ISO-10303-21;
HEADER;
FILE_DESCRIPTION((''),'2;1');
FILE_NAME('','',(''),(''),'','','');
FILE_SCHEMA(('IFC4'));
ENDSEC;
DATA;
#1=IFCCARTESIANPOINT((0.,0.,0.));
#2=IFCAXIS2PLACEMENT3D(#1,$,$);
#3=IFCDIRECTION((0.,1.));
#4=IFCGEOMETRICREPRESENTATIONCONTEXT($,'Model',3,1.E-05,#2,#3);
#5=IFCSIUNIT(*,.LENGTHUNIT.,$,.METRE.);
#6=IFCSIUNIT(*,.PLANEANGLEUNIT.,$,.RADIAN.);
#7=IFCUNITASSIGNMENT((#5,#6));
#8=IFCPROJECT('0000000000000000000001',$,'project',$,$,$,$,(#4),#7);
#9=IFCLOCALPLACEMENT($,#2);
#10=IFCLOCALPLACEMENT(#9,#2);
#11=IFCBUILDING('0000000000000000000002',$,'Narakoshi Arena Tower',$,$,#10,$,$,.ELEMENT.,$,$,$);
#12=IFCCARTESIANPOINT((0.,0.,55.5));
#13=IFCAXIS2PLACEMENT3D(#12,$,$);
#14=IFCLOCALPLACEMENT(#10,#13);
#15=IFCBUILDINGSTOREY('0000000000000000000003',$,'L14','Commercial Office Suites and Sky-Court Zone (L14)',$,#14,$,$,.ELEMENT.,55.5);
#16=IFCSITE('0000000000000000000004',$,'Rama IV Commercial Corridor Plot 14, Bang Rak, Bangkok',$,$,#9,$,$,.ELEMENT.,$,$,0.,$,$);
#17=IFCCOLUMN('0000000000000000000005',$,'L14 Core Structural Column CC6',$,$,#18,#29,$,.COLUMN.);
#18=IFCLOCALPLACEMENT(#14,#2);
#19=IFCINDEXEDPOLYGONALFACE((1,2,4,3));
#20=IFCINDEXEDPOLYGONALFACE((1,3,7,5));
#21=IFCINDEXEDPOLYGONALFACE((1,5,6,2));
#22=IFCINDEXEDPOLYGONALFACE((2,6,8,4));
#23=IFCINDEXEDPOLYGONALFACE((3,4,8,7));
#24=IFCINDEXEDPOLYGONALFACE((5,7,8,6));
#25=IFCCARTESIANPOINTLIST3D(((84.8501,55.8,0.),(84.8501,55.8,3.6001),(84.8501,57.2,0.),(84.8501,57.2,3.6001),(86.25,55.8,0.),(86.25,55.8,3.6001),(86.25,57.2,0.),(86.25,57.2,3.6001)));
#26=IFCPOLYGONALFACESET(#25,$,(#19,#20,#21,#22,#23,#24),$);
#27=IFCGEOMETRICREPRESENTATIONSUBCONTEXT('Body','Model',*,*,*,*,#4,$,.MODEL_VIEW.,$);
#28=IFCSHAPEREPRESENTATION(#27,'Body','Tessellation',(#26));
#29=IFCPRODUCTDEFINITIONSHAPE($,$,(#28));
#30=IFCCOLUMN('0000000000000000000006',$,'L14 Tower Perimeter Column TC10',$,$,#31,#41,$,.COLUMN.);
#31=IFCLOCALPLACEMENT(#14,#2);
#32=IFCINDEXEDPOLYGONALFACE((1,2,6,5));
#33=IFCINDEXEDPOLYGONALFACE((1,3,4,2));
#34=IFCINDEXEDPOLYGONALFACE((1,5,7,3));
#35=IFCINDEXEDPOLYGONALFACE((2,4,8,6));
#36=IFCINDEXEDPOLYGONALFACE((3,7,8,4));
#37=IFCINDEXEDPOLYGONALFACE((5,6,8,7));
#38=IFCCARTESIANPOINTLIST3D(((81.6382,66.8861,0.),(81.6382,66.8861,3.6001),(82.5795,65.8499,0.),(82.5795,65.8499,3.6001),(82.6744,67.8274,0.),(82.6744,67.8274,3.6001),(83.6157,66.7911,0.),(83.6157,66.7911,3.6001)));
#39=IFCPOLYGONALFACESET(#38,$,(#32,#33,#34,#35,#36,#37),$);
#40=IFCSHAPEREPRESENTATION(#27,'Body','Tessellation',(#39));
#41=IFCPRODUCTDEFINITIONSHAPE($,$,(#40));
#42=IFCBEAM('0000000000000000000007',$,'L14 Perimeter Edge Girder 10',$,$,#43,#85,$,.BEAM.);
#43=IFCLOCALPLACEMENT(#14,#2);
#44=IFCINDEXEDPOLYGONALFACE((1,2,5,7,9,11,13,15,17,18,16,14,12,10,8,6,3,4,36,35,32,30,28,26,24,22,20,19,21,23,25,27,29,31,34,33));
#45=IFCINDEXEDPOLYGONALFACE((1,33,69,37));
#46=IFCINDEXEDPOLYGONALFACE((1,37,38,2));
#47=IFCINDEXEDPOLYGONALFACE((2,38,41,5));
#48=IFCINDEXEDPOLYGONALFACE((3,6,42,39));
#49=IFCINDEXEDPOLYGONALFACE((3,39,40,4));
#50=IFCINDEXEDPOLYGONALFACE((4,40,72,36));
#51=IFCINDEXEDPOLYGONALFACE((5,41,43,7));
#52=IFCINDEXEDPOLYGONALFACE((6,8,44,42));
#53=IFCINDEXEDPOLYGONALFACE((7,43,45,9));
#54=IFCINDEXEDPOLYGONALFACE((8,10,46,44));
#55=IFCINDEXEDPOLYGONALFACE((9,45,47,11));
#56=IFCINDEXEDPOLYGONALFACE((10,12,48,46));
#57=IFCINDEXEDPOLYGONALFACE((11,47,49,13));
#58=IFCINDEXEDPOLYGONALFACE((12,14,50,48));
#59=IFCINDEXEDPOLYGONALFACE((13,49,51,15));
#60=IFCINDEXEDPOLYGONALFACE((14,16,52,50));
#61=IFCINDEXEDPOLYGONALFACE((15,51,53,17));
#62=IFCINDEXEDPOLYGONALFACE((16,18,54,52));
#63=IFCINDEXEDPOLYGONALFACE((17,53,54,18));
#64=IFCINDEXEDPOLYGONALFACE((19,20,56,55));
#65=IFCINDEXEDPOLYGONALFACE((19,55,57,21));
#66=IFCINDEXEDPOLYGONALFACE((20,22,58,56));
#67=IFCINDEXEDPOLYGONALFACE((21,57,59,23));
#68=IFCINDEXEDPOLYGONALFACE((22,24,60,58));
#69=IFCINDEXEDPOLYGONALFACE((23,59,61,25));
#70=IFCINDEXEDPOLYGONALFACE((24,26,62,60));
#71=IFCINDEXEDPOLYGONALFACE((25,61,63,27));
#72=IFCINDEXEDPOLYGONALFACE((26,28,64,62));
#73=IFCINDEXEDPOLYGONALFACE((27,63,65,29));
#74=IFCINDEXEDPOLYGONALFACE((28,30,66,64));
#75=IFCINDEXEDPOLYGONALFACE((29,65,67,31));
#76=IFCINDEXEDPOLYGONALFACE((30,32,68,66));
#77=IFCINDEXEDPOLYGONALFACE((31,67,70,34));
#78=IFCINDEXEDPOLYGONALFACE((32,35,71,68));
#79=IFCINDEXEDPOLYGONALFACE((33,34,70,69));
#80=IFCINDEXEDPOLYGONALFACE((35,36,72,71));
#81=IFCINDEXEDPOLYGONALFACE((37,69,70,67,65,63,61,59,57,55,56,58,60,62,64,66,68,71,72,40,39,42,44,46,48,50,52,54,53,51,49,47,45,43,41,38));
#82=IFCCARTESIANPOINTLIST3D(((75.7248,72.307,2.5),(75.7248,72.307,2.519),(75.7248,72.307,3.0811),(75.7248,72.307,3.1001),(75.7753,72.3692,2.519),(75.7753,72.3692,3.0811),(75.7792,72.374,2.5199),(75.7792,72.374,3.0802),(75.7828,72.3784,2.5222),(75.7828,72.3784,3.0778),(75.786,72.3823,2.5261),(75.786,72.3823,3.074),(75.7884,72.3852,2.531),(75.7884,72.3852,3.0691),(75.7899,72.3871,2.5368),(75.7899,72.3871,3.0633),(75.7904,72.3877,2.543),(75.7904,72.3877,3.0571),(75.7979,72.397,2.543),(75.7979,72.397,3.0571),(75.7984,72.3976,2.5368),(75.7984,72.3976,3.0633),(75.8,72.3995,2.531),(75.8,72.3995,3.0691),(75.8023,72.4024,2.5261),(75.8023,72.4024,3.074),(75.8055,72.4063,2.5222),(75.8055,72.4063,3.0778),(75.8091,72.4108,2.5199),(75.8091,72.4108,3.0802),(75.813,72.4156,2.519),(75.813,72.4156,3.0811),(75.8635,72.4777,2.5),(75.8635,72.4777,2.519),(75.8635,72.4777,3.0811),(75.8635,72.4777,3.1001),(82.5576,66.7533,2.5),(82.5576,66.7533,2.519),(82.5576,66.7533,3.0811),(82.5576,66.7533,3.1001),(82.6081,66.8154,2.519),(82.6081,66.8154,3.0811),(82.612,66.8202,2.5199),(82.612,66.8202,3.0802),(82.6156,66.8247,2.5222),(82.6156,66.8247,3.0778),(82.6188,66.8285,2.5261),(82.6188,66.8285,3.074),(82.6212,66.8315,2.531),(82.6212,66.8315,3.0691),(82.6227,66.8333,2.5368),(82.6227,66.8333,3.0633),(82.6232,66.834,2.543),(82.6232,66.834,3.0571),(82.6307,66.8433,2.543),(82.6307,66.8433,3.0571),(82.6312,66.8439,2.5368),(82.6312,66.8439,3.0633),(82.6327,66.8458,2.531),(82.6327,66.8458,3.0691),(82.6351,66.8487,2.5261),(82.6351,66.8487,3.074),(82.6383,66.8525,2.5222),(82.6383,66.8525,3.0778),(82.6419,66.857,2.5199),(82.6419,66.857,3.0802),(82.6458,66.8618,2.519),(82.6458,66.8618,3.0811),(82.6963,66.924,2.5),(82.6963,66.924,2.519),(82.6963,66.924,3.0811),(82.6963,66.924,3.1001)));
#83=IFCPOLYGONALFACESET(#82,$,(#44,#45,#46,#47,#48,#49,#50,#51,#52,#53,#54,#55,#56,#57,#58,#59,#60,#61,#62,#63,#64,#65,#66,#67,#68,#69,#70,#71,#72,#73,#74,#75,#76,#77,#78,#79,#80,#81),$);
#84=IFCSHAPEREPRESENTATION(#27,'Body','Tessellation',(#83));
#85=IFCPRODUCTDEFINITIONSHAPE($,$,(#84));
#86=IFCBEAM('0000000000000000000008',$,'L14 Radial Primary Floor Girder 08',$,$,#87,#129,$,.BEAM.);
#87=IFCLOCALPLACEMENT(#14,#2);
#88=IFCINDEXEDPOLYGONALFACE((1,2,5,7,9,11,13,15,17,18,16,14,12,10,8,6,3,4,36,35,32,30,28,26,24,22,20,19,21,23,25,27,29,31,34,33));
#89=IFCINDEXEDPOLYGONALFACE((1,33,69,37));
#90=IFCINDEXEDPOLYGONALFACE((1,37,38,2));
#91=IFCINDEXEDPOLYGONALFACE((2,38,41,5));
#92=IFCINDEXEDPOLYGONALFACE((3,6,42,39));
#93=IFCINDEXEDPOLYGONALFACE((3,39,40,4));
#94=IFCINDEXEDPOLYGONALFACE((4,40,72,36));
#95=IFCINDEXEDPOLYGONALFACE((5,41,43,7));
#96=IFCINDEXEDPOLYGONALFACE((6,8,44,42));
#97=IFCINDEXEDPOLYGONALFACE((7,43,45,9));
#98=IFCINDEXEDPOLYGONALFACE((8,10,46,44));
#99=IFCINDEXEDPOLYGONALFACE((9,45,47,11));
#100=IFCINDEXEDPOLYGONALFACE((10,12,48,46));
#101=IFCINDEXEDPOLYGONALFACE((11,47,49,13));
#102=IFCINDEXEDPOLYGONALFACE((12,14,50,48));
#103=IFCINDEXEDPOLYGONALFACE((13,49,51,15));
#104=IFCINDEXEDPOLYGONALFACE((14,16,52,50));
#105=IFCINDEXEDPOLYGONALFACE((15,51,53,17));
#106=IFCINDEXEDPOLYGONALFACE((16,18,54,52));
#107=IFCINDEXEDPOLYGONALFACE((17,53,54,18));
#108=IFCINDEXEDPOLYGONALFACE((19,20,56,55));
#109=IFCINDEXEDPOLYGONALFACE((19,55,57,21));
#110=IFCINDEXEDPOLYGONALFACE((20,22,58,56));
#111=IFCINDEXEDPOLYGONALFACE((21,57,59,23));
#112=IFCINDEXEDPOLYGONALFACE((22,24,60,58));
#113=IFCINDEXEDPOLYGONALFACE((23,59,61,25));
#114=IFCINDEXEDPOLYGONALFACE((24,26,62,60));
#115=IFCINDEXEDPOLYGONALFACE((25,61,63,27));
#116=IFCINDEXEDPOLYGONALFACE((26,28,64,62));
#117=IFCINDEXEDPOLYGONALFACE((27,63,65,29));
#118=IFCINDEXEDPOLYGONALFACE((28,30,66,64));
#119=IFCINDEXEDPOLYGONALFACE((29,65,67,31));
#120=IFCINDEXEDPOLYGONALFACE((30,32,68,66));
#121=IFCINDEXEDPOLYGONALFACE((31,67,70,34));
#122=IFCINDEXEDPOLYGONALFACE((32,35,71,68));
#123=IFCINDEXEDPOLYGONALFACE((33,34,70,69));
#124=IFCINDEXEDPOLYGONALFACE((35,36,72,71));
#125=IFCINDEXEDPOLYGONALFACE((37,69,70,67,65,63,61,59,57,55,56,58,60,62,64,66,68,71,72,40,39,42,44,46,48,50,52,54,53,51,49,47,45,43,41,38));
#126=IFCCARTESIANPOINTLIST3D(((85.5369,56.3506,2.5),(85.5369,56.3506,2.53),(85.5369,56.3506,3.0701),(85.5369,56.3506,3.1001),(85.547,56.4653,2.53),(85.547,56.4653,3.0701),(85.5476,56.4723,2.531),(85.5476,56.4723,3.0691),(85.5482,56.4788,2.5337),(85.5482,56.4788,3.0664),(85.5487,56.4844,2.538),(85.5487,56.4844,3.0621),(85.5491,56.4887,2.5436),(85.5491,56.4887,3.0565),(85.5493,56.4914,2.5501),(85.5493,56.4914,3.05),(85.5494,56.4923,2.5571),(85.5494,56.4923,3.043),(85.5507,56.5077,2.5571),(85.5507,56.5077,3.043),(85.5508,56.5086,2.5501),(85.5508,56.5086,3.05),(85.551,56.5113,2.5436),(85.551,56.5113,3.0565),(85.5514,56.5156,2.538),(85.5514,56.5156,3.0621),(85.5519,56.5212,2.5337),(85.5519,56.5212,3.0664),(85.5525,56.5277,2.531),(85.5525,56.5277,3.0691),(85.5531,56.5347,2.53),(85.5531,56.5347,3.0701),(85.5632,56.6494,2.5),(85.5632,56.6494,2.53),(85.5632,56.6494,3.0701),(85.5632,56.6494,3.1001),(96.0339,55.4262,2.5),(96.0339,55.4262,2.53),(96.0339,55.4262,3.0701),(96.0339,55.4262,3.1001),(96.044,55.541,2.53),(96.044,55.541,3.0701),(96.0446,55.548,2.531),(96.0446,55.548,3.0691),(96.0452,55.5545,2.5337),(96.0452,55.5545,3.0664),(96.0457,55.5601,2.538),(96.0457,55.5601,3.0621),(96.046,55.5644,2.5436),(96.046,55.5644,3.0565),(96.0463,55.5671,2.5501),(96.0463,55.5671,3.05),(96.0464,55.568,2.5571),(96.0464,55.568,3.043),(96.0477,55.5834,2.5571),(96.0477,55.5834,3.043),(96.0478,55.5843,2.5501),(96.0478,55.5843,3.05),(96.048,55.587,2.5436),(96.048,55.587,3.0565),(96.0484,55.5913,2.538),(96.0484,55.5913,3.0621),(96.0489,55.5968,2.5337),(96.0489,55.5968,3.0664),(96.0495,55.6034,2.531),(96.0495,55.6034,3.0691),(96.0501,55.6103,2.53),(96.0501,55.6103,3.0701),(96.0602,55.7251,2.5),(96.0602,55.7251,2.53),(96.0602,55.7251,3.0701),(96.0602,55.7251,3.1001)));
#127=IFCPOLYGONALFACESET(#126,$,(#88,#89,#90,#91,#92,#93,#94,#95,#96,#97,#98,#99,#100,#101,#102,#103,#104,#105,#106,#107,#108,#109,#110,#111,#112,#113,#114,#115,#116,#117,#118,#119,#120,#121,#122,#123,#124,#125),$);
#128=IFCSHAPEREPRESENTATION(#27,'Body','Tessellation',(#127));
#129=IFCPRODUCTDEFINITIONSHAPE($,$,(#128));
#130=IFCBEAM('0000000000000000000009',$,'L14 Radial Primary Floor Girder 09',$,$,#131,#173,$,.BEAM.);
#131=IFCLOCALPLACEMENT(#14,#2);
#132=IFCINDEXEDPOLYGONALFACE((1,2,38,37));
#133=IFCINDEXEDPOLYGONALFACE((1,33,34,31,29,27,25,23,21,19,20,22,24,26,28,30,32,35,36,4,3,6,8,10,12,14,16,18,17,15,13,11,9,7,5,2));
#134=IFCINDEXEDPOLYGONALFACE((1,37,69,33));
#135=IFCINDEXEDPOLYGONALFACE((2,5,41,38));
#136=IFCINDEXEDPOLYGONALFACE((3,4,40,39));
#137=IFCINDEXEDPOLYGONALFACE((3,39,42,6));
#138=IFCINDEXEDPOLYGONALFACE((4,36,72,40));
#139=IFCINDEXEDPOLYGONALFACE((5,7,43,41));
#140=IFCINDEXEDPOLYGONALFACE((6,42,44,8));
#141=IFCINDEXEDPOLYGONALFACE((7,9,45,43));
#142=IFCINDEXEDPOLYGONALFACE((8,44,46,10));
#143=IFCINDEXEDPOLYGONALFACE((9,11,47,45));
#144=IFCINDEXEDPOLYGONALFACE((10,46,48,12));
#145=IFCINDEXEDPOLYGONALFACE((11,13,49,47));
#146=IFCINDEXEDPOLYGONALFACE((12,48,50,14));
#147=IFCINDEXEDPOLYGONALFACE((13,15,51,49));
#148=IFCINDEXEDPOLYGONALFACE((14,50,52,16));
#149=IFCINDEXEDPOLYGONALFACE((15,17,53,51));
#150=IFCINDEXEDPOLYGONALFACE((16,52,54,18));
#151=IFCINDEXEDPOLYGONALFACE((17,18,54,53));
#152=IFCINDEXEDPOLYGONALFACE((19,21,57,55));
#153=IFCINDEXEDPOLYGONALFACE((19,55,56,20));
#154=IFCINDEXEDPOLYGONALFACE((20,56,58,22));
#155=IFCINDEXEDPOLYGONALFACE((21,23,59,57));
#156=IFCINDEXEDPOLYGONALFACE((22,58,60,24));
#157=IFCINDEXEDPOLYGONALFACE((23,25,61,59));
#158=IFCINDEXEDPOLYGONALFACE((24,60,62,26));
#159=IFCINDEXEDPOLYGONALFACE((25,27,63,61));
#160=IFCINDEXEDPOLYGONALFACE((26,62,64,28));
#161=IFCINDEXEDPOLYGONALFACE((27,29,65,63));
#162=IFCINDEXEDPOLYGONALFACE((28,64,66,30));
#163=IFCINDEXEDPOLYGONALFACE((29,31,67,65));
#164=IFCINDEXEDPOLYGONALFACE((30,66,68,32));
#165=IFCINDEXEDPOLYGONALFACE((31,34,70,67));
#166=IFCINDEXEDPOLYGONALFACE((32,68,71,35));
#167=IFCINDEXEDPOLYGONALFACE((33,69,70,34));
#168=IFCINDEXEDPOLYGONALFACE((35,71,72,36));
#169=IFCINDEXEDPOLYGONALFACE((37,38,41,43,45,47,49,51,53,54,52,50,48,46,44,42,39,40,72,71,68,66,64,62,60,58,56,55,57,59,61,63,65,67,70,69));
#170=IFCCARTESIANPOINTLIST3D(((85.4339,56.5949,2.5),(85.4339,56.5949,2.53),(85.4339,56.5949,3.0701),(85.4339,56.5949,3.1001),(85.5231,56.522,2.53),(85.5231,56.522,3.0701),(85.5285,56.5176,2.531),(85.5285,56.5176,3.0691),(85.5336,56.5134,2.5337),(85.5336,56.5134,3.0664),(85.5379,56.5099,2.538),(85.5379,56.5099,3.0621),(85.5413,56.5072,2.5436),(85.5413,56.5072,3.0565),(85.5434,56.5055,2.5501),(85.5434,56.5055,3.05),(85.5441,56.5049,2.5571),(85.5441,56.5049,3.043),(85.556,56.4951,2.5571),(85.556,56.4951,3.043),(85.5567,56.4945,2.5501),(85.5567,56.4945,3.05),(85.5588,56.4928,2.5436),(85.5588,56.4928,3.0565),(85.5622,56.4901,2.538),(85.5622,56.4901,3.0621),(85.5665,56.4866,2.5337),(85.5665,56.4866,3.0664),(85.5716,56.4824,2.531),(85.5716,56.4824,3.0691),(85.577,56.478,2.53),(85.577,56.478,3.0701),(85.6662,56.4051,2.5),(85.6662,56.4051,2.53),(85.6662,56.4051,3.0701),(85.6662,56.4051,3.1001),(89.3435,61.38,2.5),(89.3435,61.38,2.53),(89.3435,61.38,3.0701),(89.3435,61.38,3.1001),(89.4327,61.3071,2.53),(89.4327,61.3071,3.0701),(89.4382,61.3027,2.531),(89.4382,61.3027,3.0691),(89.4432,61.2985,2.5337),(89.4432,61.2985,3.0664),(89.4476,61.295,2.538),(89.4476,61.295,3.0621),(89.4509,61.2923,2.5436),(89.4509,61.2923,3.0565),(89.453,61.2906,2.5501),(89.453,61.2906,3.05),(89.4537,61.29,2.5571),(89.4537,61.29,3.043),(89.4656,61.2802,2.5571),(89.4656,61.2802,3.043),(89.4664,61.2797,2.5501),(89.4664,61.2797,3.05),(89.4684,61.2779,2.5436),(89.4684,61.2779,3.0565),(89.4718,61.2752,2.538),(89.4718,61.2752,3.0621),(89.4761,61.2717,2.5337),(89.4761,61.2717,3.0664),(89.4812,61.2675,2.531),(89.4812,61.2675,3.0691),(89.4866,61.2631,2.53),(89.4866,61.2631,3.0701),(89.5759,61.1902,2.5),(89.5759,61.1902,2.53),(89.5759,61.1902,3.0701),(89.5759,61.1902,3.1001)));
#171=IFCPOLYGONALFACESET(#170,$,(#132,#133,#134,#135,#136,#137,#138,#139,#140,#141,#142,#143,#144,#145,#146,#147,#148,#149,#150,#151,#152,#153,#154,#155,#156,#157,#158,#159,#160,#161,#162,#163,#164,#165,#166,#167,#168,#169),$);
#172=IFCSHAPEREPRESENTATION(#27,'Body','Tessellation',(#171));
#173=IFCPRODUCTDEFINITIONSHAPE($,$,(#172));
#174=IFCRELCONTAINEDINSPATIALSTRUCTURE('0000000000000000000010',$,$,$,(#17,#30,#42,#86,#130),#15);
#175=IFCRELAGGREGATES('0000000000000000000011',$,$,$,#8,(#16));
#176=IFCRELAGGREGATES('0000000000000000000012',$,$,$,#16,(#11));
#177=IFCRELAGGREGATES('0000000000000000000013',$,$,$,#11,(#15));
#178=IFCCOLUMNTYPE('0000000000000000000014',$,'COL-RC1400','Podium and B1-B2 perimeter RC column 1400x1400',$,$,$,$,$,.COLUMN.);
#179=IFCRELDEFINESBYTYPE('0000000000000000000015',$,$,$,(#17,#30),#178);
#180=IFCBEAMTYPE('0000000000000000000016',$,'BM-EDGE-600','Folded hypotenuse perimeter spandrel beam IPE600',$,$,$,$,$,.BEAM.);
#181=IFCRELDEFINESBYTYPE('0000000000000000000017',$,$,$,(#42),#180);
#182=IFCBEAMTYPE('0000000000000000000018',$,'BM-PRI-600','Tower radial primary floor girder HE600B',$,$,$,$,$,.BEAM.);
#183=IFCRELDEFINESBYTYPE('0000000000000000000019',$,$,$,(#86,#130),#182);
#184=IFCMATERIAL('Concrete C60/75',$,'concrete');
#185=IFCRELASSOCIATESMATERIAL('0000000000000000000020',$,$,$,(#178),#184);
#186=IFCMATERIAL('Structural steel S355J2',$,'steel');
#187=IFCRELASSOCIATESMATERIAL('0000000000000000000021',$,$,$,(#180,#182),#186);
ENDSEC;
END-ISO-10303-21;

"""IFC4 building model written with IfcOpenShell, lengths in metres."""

from ifc_helpers import new_model, si_unit, direction, frame, origin, origin_2d, place, context, subcontext, project, spatial, rectangle, i_section, extrude, material, material_profile, profile_set, type_object, element, save


model = new_model("IFC4")

# Units and contexts
model_context = context("Model", 3, precision=1e-05, world=origin(), true_north=direction((0.0, 1.0)))
body_context = subcontext(model_context, "Body", "Model", "MODEL_VIEW")
ifc_project = project(units=[si_unit("LENGTHUNIT", "METRE"), si_unit("PLANEANGLEUNIT", "RADIAN")], contexts=[model_context])

# Site, building, storey
site_placement = place(None, origin())
site = spatial("IfcSite", under=ifc_project, at=site_placement, Name="Rama IV Commercial Corridor Plot 14, Bang Rak, Bangkok", CompositionType="ELEMENT", RefElevation=0.0)
building_placement = place(site_placement, origin())
building = spatial("IfcBuilding", under=site, at=building_placement, Name="Narakoshi Arena Tower", CompositionType="ELEMENT")
storey_placement = place(building_placement, frame((0.0, 0.0, 55.5)))
storey = spatial("IfcBuildingStorey", under=building, at=storey_placement, Name="L14", Description="Commercial Office Suites and Sky-Court Zone (L14)", CompositionType="ELEMENT", Elevation=55.5)

# Columns
ifc_material_1 = material(Name="Concrete C60/75", Category="concrete")
ifc_material_profile_1 = material_profile(ifc_material_1, rectangle(XDim=1.3999, YDim=1.3999, at=origin_2d()), Name="RC1400x1400")
ifc_profile_set_1 = profile_set([ifc_material_profile_1], Name="Concrete C60/75")
column_type = type_object("IfcColumnType", Name="COL-RC1400", Description="Podium and B1-B2 perimeter RC column 1400x1400", PredefinedType="COLUMN", material=ifc_profile_set_1)
for number, where, z_axis, x_axis, name in (
    (1, (85.55, 56.5, 0.0), (0.0, 0.0, 1.0), (1.0, 0.0, 0.0), "L14 Core Structural Column CC6"),
    (2, (82.627, 66.8386, 0.0), (0.0, 0.0, 1.0), (0.740218, 0.672367, 0.0), "L14 Tower Perimeter Column TC10"),
):
    element("IfcColumn", number, at=place(storey_placement, frame(where, z_axis=z_axis, x_axis=x_axis)), inside=storey, type_object=column_type, Name=name, PredefinedType="COLUMN", context=body_context, shape_type="SweptSolid", body=[
        extrude(rectangle(XDim=1.3999, YDim=1.3999, at=origin_2d()), origin(), (0.0, 0.0, 1.0), 3.6001),
    ])

# Beams
ifc_material_2 = material(Name="Structural steel S355J2", Category="steel")
ifc_material_profile_2 = material_profile(ifc_material_2, i_section(OverallWidth=0.22, OverallDepth=0.6001, WebThickness=0.012, FlangeThickness=0.019, FilletRadius=0.0239, at=origin_2d()), Name="IPE600")
ifc_profile_set_2 = profile_set([ifc_material_profile_2], Name="Structural steel S355J2")
beam_type_1 = type_object("IfcBeamType", Name="BM-EDGE-600", Description="Folded hypotenuse perimeter spandrel beam IPE600", PredefinedType="BEAM", material=ifc_profile_set_2)
beam_1_placement = place(storey_placement, frame((82.627, 66.8386, 2.8), z_axis=(-0.775998, 0.630736, 0.0), x_axis=(-0.630736, -0.775998, 0.0)))
element("IfcBeam", 3, at=beam_1_placement, inside=storey, type_object=beam_type_1, Name="L14 Perimeter Edge Girder 10", PredefinedType="BEAM", context=body_context, shape_type="SweptSolid", body=[
    extrude(i_section(OverallWidth=0.22, OverallDepth=0.6001, WebThickness=0.012, FlangeThickness=0.019, FilletRadius=0.0239, at=origin_2d()), origin(), (0.0, 0.0, 1.0), 8.8052),
])
ifc_material_profile_3 = material_profile(ifc_material_2, i_section(OverallWidth=0.3, OverallDepth=0.6001, WebThickness=0.0154, FlangeThickness=0.03, FilletRadius=0.0271, at=origin_2d()), Name="HE600B")
ifc_profile_set_3 = profile_set([ifc_material_profile_3], Name="Structural steel S355J2")
beam_type_2 = type_object("IfcBeamType", Name="BM-PRI-600", Description="Tower radial primary floor girder HE600B", PredefinedType="BEAM", material=ifc_profile_set_3)
beam_2_placement = place(storey_placement, frame((85.55, 56.5, 2.8), z_axis=(0.996146, -0.087715, 0.0), x_axis=(0.087715, 0.996146, 0.0)))
element("IfcBeam", 4, at=beam_2_placement, inside=storey, type_object=beam_type_2, Name="L14 Radial Primary Floor Girder 08", PredefinedType="BEAM", context=body_context, shape_type="SweptSolid", body=[
    extrude(i_section(OverallWidth=0.3, OverallDepth=0.6001, WebThickness=0.0154, FlangeThickness=0.03, FilletRadius=0.0271, at=origin_2d()), origin(), (0.0, 0.0, 1.0), 10.5376),
])
beam_3_placement = place(storey_placement, frame((85.55, 56.5, 2.8), z_axis=(0.632708, 0.77439, 0.0), x_axis=(-0.77439, 0.632708, 0.0)))
element("IfcBeam", 5, at=beam_3_placement, inside=storey, type_object=beam_type_2, Name="L14 Radial Primary Floor Girder 09", PredefinedType="BEAM", context=body_context, shape_type="SweptSolid", body=[
    extrude(i_section(OverallWidth=0.3, OverallDepth=0.6001, WebThickness=0.0154, FlangeThickness=0.03, FilletRadius=0.0271, at=origin_2d()), origin(), (0.0, 0.0, 1.0), 6.1792),
])

save(model, "model.ifc")
